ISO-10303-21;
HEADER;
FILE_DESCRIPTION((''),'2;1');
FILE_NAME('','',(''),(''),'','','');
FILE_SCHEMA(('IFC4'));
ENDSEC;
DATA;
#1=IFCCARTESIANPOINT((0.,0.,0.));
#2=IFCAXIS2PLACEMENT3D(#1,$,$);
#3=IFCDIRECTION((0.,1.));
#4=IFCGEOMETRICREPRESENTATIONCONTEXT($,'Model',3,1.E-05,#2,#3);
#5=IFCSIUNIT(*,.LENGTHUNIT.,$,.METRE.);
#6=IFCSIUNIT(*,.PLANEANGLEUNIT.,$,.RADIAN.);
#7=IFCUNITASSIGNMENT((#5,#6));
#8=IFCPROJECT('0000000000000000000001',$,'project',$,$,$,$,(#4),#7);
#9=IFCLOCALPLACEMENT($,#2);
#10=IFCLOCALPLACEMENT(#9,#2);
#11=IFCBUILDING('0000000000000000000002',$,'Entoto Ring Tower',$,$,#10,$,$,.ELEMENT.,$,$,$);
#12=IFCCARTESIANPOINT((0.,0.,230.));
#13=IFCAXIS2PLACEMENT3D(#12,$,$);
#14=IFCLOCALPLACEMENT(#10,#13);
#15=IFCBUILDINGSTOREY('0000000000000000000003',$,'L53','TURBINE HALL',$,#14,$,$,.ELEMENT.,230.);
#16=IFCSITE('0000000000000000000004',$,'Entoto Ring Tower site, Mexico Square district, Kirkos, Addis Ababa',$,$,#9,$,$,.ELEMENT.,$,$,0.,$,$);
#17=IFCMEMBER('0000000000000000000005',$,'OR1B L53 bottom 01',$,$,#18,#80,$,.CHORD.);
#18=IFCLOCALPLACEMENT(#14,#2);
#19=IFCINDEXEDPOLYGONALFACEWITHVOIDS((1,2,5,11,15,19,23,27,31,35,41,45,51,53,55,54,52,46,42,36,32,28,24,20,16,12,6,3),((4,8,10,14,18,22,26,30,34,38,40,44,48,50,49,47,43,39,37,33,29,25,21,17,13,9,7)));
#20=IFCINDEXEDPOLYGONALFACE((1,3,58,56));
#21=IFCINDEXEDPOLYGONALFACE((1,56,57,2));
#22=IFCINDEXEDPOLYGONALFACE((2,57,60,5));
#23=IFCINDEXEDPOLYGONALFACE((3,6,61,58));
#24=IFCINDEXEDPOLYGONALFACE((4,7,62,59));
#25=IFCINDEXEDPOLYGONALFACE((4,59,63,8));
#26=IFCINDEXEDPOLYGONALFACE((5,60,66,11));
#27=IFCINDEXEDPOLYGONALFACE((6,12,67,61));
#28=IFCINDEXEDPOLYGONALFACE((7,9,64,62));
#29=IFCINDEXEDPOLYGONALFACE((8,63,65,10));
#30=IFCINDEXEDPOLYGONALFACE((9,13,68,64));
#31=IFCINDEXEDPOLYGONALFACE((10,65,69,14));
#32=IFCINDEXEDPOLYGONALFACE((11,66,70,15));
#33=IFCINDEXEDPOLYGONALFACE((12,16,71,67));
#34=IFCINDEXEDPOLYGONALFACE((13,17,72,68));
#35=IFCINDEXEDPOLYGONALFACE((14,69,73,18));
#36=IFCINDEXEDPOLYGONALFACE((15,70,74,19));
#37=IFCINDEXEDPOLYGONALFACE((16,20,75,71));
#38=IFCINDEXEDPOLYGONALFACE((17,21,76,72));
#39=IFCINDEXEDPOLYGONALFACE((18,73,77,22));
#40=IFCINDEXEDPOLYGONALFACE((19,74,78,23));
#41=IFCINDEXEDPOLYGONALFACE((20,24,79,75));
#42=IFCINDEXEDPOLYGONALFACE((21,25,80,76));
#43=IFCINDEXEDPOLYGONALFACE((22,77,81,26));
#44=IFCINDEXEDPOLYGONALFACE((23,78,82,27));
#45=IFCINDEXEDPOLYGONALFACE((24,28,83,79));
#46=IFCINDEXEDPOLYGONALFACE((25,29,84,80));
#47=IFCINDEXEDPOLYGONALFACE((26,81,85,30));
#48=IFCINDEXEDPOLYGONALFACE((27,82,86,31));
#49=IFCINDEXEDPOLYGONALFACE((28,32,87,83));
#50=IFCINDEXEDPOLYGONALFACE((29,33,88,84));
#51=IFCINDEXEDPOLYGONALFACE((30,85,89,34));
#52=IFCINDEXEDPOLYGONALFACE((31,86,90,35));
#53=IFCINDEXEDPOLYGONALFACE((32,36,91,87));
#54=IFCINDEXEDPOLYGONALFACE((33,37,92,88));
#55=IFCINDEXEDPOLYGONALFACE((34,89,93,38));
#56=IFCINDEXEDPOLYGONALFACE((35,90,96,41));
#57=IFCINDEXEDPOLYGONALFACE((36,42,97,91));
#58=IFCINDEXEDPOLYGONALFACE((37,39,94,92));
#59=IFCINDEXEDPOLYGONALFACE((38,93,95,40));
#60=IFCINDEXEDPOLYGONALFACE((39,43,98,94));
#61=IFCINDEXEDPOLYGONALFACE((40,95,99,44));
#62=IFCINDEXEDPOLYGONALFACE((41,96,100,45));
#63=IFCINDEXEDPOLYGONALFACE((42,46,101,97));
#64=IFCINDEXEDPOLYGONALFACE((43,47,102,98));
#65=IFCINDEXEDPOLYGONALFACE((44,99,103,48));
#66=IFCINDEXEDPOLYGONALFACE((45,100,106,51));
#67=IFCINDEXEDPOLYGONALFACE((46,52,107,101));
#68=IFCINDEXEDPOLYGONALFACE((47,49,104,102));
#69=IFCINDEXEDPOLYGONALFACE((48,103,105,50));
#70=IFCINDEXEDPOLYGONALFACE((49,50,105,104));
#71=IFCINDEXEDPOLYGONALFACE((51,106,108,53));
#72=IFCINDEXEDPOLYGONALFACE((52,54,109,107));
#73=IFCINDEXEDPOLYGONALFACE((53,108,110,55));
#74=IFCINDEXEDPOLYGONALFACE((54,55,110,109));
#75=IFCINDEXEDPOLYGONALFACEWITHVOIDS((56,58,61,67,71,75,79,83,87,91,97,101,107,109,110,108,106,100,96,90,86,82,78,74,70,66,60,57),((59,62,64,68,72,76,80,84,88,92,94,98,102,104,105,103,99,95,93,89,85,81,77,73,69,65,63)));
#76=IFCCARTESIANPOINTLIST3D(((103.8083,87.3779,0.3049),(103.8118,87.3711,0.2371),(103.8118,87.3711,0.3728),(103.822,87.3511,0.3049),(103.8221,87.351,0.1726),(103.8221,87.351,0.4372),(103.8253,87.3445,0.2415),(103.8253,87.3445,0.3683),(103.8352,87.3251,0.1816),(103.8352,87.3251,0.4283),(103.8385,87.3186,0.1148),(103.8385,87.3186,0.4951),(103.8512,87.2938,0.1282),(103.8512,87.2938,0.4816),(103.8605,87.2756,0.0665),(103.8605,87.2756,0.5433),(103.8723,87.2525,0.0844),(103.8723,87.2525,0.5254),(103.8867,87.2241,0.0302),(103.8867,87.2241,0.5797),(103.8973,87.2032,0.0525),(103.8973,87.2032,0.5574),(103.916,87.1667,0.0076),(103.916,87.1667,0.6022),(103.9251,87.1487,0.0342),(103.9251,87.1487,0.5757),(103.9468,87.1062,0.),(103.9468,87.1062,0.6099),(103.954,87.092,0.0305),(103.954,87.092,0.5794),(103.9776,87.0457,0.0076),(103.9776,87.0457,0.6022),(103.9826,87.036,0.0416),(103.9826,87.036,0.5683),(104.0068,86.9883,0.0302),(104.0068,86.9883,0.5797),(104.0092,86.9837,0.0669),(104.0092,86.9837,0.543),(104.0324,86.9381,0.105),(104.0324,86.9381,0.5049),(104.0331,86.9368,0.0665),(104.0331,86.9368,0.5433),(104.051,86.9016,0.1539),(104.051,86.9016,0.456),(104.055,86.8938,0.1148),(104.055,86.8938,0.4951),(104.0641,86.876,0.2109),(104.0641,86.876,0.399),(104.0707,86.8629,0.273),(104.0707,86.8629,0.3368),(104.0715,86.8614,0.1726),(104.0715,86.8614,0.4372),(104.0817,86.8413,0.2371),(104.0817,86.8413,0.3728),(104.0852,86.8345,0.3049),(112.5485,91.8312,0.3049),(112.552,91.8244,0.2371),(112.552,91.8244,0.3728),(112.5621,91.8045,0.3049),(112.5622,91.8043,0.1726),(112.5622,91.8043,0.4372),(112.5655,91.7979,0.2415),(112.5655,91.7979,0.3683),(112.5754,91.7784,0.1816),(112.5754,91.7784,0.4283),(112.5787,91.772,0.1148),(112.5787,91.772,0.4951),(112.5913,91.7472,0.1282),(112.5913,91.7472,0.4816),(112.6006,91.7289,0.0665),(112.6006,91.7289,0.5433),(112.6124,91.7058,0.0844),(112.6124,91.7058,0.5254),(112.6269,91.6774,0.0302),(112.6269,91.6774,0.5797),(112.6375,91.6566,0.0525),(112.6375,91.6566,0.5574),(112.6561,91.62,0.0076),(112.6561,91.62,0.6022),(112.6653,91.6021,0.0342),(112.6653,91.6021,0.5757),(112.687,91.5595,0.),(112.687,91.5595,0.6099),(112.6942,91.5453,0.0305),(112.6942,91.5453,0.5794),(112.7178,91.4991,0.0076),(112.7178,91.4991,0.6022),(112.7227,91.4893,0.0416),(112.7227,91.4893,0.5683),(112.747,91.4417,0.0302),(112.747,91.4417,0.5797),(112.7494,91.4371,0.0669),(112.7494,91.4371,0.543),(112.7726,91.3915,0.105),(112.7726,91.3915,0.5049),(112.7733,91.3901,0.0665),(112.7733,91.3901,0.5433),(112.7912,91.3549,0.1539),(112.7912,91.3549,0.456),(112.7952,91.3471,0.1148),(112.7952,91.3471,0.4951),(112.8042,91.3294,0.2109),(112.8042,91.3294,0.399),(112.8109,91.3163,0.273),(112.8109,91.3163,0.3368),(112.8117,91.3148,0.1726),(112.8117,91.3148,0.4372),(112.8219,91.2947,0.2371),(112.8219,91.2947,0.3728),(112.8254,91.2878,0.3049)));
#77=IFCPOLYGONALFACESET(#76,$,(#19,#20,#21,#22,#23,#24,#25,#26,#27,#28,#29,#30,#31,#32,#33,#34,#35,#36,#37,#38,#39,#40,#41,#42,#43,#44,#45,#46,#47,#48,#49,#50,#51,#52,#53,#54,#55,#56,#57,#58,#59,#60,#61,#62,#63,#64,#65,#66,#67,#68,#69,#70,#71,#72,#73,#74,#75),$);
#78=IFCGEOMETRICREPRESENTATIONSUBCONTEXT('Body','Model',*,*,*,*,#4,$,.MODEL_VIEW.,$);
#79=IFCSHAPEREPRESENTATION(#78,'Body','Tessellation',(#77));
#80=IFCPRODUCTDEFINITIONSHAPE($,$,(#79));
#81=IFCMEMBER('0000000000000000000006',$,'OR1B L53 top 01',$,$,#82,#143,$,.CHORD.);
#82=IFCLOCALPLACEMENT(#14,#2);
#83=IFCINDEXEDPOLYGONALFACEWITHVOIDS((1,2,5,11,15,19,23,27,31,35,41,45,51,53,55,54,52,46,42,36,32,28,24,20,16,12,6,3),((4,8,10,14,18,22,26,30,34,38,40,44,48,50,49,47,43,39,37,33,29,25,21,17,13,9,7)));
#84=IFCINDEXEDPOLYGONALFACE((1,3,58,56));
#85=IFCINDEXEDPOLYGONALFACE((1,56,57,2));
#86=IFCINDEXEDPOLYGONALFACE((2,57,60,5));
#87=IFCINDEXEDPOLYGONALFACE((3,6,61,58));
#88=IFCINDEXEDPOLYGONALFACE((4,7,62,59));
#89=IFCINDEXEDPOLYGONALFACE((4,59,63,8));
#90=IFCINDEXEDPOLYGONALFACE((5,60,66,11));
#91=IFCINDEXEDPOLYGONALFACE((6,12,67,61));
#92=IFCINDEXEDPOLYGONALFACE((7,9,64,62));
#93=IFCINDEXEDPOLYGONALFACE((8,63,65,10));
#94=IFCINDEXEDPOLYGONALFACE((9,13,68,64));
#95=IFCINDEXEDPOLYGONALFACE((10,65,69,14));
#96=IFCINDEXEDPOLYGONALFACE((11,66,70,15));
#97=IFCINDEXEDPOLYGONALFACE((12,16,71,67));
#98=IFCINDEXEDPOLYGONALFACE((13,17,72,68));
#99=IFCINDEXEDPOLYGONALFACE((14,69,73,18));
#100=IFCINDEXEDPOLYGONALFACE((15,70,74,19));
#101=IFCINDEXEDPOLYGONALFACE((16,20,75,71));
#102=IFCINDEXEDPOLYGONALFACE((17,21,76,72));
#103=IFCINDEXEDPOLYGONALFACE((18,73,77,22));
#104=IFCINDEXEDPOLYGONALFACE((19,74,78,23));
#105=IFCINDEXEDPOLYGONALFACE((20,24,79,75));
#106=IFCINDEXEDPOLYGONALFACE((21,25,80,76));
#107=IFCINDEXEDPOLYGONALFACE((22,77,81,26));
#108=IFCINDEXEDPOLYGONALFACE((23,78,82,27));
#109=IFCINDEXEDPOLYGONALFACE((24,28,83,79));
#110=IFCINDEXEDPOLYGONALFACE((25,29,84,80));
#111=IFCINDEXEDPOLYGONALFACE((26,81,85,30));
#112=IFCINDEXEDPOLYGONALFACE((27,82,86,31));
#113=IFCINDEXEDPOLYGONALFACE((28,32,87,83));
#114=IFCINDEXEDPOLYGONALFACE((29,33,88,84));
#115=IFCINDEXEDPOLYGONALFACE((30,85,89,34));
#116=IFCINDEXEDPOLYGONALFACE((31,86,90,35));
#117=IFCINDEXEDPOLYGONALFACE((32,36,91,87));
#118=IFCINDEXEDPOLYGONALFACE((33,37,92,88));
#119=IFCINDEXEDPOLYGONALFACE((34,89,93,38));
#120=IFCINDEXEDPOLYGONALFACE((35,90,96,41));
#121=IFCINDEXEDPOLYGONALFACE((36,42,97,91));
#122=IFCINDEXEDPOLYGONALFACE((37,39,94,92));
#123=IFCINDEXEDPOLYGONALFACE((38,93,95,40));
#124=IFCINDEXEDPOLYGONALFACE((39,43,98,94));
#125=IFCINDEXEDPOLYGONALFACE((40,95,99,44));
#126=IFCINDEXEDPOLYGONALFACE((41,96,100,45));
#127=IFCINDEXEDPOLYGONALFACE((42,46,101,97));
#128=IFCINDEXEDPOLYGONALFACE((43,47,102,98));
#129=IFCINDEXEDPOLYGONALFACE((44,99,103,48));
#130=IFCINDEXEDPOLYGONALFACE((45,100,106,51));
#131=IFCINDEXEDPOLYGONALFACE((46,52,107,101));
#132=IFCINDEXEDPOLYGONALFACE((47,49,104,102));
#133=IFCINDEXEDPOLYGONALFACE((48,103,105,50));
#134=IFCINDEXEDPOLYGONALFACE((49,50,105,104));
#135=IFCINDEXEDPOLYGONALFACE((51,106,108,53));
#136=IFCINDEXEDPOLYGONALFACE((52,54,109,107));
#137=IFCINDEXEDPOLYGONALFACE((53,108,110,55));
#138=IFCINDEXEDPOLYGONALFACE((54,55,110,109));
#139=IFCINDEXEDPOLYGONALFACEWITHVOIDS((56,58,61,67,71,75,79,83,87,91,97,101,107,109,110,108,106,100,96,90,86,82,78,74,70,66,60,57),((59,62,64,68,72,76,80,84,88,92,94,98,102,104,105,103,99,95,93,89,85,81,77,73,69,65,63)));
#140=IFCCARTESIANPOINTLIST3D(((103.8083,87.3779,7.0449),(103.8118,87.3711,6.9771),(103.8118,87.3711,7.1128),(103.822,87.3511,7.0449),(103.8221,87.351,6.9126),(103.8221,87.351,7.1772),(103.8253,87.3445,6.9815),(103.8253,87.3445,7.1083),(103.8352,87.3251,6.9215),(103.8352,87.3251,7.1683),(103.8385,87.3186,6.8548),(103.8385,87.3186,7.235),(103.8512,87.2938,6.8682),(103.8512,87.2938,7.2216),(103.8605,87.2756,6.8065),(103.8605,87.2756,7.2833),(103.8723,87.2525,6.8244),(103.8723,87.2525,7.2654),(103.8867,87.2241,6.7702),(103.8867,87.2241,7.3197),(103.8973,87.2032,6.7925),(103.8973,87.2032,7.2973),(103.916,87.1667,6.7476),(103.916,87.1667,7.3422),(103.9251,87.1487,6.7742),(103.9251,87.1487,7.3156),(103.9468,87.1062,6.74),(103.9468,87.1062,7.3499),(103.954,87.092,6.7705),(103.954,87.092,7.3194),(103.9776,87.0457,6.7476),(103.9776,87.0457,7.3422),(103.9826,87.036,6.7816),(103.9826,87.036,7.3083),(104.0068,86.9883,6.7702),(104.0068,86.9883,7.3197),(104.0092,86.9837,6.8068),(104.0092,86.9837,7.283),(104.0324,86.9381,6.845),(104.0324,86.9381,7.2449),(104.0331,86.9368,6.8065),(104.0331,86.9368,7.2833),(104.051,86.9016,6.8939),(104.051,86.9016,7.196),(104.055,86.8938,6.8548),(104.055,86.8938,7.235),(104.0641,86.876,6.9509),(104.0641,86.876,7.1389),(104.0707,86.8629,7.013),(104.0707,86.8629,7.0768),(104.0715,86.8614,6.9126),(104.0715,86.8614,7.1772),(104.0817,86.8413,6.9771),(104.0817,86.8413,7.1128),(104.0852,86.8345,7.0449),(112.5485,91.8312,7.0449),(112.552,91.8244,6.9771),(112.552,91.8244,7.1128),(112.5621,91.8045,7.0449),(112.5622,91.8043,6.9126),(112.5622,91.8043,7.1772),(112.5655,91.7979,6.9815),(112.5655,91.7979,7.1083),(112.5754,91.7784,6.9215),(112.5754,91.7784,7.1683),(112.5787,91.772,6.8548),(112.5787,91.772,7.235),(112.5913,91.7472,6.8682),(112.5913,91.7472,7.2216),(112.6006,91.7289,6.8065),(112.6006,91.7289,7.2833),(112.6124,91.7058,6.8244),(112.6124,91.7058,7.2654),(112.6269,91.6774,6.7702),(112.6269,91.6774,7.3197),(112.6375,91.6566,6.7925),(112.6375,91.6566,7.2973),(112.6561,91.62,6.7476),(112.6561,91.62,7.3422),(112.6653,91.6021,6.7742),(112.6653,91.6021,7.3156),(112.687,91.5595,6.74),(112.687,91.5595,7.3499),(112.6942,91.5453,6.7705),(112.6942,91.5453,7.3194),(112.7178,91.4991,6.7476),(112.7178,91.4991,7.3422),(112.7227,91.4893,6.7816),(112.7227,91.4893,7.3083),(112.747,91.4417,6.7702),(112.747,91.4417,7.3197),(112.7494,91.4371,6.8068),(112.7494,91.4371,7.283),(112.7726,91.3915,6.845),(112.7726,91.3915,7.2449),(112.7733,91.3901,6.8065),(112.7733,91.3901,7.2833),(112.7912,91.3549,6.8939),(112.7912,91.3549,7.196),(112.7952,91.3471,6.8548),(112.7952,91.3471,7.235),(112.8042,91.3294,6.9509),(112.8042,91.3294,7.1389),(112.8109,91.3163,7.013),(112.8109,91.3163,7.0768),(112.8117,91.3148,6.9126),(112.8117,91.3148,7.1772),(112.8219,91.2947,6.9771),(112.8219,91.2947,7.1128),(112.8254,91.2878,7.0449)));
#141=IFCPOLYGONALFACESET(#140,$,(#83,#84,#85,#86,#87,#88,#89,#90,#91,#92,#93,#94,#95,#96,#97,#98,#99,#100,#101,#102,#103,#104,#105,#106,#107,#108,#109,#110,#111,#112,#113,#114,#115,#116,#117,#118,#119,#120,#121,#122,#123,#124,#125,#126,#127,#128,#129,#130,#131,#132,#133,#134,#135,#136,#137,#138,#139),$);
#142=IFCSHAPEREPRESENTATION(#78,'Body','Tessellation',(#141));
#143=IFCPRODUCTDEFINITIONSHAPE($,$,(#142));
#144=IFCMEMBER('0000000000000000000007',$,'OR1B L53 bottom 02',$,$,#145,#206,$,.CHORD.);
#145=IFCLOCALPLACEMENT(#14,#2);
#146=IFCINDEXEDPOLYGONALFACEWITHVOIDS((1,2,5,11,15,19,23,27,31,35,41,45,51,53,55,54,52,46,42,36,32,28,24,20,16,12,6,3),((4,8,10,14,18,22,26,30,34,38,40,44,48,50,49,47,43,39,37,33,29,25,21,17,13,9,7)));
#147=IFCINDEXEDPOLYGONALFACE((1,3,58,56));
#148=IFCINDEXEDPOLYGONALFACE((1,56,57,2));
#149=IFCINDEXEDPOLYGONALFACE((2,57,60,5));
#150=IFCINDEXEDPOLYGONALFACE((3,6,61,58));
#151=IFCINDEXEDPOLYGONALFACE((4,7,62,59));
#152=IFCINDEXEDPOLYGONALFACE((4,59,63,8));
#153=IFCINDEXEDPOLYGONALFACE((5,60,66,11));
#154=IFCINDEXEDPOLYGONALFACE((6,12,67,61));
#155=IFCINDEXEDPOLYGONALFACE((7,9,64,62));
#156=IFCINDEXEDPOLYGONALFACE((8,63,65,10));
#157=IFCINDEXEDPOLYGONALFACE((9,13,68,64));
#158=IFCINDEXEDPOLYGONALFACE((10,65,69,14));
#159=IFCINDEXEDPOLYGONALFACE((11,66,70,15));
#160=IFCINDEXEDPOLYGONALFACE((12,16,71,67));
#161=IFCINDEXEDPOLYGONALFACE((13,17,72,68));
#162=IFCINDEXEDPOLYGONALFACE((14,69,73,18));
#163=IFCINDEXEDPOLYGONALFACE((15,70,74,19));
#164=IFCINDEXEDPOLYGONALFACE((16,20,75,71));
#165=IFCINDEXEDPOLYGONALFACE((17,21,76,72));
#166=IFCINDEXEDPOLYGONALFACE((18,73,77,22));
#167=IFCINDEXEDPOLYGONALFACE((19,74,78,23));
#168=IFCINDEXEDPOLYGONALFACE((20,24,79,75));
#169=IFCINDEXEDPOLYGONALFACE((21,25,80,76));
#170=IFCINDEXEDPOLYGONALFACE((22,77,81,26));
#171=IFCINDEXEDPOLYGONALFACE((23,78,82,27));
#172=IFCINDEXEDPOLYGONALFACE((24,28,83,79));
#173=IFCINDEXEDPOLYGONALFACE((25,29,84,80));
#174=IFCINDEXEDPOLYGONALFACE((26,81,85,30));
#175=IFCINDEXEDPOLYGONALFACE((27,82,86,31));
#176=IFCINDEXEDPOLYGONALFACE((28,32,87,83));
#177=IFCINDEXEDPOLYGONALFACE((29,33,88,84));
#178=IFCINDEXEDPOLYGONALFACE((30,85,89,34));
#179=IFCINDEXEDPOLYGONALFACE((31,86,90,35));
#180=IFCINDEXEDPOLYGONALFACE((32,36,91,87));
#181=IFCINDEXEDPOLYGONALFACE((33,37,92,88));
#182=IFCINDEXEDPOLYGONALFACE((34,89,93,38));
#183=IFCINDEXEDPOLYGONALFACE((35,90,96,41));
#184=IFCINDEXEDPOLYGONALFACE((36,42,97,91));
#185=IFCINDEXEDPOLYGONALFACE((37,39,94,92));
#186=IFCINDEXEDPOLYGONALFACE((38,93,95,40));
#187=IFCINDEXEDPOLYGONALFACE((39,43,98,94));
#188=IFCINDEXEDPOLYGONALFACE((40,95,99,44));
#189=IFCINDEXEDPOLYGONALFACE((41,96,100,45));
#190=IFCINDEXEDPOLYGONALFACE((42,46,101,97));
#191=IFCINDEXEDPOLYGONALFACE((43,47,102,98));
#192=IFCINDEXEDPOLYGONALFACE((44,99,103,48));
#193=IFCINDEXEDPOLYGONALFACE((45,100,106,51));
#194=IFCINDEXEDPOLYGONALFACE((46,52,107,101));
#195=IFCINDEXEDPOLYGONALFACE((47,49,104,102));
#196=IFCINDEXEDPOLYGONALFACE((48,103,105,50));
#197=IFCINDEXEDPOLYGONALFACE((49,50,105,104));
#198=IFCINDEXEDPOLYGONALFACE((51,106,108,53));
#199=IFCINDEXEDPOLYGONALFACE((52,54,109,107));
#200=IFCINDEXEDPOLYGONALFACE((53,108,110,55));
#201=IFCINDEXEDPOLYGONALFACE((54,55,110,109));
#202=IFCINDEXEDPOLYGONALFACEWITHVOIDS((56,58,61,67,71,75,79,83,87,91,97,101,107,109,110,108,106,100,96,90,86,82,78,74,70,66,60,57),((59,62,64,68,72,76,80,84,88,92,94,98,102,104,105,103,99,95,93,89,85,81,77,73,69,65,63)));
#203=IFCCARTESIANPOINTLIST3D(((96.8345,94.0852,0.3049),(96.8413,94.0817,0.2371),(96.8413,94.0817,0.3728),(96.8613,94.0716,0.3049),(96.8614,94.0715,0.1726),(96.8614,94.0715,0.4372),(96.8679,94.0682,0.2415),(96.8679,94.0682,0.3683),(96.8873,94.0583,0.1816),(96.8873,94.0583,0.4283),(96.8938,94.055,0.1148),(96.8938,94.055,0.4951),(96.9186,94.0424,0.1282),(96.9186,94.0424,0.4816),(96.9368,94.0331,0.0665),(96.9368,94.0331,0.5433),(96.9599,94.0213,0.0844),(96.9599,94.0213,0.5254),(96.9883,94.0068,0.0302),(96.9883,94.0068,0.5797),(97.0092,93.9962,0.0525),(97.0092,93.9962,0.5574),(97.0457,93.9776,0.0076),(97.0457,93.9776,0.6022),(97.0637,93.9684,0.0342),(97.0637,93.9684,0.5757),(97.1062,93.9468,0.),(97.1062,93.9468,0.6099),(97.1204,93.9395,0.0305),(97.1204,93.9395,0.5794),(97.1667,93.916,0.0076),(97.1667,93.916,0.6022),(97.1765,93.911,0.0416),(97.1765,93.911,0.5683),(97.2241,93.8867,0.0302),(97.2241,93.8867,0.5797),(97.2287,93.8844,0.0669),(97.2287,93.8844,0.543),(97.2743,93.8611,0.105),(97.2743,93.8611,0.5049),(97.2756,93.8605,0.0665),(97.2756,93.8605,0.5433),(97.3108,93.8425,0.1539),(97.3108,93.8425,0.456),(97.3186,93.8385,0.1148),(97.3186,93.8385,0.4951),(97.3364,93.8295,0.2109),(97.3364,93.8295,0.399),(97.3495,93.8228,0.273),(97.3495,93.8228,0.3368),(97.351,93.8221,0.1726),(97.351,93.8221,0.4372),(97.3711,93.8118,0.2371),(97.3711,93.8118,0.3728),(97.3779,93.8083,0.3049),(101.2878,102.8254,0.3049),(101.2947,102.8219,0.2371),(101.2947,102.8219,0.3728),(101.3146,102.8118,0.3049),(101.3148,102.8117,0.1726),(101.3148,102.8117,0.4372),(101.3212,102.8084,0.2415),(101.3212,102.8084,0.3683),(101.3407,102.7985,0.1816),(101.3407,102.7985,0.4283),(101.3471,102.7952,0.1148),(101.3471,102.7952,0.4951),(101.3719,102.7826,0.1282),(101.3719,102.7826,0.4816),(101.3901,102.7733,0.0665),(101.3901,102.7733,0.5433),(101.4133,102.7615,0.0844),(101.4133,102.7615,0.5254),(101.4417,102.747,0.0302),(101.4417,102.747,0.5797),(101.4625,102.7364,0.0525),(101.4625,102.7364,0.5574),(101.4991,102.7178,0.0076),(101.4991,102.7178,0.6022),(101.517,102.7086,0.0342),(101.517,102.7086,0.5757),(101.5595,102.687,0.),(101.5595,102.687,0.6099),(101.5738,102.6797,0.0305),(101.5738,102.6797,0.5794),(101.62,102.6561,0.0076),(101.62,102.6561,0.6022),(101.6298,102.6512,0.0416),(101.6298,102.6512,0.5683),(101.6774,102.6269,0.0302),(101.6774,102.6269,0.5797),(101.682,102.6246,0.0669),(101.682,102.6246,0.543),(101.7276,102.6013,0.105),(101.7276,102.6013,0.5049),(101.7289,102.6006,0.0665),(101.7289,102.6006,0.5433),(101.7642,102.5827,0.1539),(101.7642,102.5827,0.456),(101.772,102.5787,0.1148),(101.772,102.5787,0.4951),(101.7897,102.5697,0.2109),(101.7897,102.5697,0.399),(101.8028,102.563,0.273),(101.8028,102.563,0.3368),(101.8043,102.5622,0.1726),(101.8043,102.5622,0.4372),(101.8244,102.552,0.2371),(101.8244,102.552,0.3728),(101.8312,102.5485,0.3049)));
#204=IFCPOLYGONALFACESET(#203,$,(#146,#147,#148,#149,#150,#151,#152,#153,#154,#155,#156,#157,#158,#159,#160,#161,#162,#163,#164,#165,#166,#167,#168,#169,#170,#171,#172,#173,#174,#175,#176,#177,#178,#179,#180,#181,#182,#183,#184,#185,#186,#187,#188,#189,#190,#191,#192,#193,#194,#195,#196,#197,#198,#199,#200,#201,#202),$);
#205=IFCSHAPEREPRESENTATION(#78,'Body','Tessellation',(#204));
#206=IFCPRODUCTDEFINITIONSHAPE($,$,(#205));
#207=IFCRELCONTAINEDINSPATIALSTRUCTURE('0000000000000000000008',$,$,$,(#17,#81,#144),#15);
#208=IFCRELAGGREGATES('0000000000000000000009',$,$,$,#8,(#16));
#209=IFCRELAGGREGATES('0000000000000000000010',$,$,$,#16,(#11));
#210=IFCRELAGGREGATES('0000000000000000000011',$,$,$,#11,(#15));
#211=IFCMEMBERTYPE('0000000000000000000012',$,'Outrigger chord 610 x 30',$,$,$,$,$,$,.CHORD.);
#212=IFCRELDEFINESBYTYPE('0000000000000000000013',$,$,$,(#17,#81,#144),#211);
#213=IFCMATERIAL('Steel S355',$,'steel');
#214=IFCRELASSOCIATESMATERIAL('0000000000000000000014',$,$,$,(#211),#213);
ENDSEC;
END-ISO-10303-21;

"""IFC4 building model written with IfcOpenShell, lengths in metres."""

from ifc_helpers import new_model, si_unit, direction, frame, origin, origin_2d, place, context, subcontext, project, spatial, circle, hollow_circle, extrude, material, material_profile, profile_set, type_object, element, save


model = new_model("IFC4")

# Units and contexts
model_context = context("Model", 3, precision=1e-05, world=origin(), true_north=direction((0.0, 1.0)))
body_context = subcontext(model_context, "Body", "Model", "MODEL_VIEW")
ifc_project = project(units=[si_unit("LENGTHUNIT", "METRE"), si_unit("PLANEANGLEUNIT", "RADIAN")], contexts=[model_context])

# Site, building, storey
site_placement = place(None, origin())
site = spatial("IfcSite", under=ifc_project, at=site_placement, Name="Entoto Ring Tower site, Mexico Square district, Kirkos, Addis Ababa", CompositionType="ELEMENT", RefElevation=0.0)
building_placement = place(site_placement, origin())
building = spatial("IfcBuilding", under=site, at=building_placement, Name="Entoto Ring Tower", CompositionType="ELEMENT")
storey_placement = place(building_placement, frame((0.0, 0.0, 230.0)))
storey = spatial("IfcBuildingStorey", under=building, at=storey_placement, Name="L53", Description="TURBINE HALL", CompositionType="ELEMENT", Elevation=230.0)

# Members
ifc_material_1 = material(Name="Steel S355", Category="steel")
ifc_material_profile_1 = material_profile(ifc_material_1, hollow_circle(Radius=0.3049, WallThickness=0.03, at=origin_2d()), Name="CHS 610 x 30")
ifc_material_2 = material(Name="Concrete C60/75", Category="concrete")
ifc_material_profile_2 = material_profile(ifc_material_2, circle(Radius=0.2749, at=origin_2d()), Name="Concrete C60/75 infill")
ifc_profile_set_1 = profile_set([ifc_material_profile_1, ifc_material_profile_2], Name="Steel S355")
member_type_1 = type_object("IfcMemberType", Name="Outrigger chord 610 x 30", PredefinedType="CHORD", material=ifc_profile_set_1)
for number, where, z_axis, x_axis, name in (
    (1, (103.9468, 87.1062, 0.3049), (0.891007, 0.45399, 0.0), (-0.45399, 0.891007, 0.0), "OR1B L53 bottom 01"),
    (2, (103.9468, 87.1062, 7.0449), (0.891007, 0.45399, 0.0), (-0.45399, 0.891007, 0.0), "OR1B L53 top 01"),
    (3, (97.1062, 93.9468, 0.3049), (0.45399, 0.891007, 0.0), (-0.891007, 0.45399, 0.0), "OR1B L53 bottom 02"),
):
    element("IfcMember", number, at=place(storey_placement, frame(where, z_axis=z_axis, x_axis=x_axis)), inside=storey, type_object=member_type_1, Name=name, PredefinedType="CHORD", context=body_context, shape_type="SweptSolid", body=[
        extrude(hollow_circle(Radius=0.3049, WallThickness=0.03, at=origin_2d()), origin(), (0.0, 0.0, 1.0), 9.8093),
    ])

save(model, "model.ifc")
